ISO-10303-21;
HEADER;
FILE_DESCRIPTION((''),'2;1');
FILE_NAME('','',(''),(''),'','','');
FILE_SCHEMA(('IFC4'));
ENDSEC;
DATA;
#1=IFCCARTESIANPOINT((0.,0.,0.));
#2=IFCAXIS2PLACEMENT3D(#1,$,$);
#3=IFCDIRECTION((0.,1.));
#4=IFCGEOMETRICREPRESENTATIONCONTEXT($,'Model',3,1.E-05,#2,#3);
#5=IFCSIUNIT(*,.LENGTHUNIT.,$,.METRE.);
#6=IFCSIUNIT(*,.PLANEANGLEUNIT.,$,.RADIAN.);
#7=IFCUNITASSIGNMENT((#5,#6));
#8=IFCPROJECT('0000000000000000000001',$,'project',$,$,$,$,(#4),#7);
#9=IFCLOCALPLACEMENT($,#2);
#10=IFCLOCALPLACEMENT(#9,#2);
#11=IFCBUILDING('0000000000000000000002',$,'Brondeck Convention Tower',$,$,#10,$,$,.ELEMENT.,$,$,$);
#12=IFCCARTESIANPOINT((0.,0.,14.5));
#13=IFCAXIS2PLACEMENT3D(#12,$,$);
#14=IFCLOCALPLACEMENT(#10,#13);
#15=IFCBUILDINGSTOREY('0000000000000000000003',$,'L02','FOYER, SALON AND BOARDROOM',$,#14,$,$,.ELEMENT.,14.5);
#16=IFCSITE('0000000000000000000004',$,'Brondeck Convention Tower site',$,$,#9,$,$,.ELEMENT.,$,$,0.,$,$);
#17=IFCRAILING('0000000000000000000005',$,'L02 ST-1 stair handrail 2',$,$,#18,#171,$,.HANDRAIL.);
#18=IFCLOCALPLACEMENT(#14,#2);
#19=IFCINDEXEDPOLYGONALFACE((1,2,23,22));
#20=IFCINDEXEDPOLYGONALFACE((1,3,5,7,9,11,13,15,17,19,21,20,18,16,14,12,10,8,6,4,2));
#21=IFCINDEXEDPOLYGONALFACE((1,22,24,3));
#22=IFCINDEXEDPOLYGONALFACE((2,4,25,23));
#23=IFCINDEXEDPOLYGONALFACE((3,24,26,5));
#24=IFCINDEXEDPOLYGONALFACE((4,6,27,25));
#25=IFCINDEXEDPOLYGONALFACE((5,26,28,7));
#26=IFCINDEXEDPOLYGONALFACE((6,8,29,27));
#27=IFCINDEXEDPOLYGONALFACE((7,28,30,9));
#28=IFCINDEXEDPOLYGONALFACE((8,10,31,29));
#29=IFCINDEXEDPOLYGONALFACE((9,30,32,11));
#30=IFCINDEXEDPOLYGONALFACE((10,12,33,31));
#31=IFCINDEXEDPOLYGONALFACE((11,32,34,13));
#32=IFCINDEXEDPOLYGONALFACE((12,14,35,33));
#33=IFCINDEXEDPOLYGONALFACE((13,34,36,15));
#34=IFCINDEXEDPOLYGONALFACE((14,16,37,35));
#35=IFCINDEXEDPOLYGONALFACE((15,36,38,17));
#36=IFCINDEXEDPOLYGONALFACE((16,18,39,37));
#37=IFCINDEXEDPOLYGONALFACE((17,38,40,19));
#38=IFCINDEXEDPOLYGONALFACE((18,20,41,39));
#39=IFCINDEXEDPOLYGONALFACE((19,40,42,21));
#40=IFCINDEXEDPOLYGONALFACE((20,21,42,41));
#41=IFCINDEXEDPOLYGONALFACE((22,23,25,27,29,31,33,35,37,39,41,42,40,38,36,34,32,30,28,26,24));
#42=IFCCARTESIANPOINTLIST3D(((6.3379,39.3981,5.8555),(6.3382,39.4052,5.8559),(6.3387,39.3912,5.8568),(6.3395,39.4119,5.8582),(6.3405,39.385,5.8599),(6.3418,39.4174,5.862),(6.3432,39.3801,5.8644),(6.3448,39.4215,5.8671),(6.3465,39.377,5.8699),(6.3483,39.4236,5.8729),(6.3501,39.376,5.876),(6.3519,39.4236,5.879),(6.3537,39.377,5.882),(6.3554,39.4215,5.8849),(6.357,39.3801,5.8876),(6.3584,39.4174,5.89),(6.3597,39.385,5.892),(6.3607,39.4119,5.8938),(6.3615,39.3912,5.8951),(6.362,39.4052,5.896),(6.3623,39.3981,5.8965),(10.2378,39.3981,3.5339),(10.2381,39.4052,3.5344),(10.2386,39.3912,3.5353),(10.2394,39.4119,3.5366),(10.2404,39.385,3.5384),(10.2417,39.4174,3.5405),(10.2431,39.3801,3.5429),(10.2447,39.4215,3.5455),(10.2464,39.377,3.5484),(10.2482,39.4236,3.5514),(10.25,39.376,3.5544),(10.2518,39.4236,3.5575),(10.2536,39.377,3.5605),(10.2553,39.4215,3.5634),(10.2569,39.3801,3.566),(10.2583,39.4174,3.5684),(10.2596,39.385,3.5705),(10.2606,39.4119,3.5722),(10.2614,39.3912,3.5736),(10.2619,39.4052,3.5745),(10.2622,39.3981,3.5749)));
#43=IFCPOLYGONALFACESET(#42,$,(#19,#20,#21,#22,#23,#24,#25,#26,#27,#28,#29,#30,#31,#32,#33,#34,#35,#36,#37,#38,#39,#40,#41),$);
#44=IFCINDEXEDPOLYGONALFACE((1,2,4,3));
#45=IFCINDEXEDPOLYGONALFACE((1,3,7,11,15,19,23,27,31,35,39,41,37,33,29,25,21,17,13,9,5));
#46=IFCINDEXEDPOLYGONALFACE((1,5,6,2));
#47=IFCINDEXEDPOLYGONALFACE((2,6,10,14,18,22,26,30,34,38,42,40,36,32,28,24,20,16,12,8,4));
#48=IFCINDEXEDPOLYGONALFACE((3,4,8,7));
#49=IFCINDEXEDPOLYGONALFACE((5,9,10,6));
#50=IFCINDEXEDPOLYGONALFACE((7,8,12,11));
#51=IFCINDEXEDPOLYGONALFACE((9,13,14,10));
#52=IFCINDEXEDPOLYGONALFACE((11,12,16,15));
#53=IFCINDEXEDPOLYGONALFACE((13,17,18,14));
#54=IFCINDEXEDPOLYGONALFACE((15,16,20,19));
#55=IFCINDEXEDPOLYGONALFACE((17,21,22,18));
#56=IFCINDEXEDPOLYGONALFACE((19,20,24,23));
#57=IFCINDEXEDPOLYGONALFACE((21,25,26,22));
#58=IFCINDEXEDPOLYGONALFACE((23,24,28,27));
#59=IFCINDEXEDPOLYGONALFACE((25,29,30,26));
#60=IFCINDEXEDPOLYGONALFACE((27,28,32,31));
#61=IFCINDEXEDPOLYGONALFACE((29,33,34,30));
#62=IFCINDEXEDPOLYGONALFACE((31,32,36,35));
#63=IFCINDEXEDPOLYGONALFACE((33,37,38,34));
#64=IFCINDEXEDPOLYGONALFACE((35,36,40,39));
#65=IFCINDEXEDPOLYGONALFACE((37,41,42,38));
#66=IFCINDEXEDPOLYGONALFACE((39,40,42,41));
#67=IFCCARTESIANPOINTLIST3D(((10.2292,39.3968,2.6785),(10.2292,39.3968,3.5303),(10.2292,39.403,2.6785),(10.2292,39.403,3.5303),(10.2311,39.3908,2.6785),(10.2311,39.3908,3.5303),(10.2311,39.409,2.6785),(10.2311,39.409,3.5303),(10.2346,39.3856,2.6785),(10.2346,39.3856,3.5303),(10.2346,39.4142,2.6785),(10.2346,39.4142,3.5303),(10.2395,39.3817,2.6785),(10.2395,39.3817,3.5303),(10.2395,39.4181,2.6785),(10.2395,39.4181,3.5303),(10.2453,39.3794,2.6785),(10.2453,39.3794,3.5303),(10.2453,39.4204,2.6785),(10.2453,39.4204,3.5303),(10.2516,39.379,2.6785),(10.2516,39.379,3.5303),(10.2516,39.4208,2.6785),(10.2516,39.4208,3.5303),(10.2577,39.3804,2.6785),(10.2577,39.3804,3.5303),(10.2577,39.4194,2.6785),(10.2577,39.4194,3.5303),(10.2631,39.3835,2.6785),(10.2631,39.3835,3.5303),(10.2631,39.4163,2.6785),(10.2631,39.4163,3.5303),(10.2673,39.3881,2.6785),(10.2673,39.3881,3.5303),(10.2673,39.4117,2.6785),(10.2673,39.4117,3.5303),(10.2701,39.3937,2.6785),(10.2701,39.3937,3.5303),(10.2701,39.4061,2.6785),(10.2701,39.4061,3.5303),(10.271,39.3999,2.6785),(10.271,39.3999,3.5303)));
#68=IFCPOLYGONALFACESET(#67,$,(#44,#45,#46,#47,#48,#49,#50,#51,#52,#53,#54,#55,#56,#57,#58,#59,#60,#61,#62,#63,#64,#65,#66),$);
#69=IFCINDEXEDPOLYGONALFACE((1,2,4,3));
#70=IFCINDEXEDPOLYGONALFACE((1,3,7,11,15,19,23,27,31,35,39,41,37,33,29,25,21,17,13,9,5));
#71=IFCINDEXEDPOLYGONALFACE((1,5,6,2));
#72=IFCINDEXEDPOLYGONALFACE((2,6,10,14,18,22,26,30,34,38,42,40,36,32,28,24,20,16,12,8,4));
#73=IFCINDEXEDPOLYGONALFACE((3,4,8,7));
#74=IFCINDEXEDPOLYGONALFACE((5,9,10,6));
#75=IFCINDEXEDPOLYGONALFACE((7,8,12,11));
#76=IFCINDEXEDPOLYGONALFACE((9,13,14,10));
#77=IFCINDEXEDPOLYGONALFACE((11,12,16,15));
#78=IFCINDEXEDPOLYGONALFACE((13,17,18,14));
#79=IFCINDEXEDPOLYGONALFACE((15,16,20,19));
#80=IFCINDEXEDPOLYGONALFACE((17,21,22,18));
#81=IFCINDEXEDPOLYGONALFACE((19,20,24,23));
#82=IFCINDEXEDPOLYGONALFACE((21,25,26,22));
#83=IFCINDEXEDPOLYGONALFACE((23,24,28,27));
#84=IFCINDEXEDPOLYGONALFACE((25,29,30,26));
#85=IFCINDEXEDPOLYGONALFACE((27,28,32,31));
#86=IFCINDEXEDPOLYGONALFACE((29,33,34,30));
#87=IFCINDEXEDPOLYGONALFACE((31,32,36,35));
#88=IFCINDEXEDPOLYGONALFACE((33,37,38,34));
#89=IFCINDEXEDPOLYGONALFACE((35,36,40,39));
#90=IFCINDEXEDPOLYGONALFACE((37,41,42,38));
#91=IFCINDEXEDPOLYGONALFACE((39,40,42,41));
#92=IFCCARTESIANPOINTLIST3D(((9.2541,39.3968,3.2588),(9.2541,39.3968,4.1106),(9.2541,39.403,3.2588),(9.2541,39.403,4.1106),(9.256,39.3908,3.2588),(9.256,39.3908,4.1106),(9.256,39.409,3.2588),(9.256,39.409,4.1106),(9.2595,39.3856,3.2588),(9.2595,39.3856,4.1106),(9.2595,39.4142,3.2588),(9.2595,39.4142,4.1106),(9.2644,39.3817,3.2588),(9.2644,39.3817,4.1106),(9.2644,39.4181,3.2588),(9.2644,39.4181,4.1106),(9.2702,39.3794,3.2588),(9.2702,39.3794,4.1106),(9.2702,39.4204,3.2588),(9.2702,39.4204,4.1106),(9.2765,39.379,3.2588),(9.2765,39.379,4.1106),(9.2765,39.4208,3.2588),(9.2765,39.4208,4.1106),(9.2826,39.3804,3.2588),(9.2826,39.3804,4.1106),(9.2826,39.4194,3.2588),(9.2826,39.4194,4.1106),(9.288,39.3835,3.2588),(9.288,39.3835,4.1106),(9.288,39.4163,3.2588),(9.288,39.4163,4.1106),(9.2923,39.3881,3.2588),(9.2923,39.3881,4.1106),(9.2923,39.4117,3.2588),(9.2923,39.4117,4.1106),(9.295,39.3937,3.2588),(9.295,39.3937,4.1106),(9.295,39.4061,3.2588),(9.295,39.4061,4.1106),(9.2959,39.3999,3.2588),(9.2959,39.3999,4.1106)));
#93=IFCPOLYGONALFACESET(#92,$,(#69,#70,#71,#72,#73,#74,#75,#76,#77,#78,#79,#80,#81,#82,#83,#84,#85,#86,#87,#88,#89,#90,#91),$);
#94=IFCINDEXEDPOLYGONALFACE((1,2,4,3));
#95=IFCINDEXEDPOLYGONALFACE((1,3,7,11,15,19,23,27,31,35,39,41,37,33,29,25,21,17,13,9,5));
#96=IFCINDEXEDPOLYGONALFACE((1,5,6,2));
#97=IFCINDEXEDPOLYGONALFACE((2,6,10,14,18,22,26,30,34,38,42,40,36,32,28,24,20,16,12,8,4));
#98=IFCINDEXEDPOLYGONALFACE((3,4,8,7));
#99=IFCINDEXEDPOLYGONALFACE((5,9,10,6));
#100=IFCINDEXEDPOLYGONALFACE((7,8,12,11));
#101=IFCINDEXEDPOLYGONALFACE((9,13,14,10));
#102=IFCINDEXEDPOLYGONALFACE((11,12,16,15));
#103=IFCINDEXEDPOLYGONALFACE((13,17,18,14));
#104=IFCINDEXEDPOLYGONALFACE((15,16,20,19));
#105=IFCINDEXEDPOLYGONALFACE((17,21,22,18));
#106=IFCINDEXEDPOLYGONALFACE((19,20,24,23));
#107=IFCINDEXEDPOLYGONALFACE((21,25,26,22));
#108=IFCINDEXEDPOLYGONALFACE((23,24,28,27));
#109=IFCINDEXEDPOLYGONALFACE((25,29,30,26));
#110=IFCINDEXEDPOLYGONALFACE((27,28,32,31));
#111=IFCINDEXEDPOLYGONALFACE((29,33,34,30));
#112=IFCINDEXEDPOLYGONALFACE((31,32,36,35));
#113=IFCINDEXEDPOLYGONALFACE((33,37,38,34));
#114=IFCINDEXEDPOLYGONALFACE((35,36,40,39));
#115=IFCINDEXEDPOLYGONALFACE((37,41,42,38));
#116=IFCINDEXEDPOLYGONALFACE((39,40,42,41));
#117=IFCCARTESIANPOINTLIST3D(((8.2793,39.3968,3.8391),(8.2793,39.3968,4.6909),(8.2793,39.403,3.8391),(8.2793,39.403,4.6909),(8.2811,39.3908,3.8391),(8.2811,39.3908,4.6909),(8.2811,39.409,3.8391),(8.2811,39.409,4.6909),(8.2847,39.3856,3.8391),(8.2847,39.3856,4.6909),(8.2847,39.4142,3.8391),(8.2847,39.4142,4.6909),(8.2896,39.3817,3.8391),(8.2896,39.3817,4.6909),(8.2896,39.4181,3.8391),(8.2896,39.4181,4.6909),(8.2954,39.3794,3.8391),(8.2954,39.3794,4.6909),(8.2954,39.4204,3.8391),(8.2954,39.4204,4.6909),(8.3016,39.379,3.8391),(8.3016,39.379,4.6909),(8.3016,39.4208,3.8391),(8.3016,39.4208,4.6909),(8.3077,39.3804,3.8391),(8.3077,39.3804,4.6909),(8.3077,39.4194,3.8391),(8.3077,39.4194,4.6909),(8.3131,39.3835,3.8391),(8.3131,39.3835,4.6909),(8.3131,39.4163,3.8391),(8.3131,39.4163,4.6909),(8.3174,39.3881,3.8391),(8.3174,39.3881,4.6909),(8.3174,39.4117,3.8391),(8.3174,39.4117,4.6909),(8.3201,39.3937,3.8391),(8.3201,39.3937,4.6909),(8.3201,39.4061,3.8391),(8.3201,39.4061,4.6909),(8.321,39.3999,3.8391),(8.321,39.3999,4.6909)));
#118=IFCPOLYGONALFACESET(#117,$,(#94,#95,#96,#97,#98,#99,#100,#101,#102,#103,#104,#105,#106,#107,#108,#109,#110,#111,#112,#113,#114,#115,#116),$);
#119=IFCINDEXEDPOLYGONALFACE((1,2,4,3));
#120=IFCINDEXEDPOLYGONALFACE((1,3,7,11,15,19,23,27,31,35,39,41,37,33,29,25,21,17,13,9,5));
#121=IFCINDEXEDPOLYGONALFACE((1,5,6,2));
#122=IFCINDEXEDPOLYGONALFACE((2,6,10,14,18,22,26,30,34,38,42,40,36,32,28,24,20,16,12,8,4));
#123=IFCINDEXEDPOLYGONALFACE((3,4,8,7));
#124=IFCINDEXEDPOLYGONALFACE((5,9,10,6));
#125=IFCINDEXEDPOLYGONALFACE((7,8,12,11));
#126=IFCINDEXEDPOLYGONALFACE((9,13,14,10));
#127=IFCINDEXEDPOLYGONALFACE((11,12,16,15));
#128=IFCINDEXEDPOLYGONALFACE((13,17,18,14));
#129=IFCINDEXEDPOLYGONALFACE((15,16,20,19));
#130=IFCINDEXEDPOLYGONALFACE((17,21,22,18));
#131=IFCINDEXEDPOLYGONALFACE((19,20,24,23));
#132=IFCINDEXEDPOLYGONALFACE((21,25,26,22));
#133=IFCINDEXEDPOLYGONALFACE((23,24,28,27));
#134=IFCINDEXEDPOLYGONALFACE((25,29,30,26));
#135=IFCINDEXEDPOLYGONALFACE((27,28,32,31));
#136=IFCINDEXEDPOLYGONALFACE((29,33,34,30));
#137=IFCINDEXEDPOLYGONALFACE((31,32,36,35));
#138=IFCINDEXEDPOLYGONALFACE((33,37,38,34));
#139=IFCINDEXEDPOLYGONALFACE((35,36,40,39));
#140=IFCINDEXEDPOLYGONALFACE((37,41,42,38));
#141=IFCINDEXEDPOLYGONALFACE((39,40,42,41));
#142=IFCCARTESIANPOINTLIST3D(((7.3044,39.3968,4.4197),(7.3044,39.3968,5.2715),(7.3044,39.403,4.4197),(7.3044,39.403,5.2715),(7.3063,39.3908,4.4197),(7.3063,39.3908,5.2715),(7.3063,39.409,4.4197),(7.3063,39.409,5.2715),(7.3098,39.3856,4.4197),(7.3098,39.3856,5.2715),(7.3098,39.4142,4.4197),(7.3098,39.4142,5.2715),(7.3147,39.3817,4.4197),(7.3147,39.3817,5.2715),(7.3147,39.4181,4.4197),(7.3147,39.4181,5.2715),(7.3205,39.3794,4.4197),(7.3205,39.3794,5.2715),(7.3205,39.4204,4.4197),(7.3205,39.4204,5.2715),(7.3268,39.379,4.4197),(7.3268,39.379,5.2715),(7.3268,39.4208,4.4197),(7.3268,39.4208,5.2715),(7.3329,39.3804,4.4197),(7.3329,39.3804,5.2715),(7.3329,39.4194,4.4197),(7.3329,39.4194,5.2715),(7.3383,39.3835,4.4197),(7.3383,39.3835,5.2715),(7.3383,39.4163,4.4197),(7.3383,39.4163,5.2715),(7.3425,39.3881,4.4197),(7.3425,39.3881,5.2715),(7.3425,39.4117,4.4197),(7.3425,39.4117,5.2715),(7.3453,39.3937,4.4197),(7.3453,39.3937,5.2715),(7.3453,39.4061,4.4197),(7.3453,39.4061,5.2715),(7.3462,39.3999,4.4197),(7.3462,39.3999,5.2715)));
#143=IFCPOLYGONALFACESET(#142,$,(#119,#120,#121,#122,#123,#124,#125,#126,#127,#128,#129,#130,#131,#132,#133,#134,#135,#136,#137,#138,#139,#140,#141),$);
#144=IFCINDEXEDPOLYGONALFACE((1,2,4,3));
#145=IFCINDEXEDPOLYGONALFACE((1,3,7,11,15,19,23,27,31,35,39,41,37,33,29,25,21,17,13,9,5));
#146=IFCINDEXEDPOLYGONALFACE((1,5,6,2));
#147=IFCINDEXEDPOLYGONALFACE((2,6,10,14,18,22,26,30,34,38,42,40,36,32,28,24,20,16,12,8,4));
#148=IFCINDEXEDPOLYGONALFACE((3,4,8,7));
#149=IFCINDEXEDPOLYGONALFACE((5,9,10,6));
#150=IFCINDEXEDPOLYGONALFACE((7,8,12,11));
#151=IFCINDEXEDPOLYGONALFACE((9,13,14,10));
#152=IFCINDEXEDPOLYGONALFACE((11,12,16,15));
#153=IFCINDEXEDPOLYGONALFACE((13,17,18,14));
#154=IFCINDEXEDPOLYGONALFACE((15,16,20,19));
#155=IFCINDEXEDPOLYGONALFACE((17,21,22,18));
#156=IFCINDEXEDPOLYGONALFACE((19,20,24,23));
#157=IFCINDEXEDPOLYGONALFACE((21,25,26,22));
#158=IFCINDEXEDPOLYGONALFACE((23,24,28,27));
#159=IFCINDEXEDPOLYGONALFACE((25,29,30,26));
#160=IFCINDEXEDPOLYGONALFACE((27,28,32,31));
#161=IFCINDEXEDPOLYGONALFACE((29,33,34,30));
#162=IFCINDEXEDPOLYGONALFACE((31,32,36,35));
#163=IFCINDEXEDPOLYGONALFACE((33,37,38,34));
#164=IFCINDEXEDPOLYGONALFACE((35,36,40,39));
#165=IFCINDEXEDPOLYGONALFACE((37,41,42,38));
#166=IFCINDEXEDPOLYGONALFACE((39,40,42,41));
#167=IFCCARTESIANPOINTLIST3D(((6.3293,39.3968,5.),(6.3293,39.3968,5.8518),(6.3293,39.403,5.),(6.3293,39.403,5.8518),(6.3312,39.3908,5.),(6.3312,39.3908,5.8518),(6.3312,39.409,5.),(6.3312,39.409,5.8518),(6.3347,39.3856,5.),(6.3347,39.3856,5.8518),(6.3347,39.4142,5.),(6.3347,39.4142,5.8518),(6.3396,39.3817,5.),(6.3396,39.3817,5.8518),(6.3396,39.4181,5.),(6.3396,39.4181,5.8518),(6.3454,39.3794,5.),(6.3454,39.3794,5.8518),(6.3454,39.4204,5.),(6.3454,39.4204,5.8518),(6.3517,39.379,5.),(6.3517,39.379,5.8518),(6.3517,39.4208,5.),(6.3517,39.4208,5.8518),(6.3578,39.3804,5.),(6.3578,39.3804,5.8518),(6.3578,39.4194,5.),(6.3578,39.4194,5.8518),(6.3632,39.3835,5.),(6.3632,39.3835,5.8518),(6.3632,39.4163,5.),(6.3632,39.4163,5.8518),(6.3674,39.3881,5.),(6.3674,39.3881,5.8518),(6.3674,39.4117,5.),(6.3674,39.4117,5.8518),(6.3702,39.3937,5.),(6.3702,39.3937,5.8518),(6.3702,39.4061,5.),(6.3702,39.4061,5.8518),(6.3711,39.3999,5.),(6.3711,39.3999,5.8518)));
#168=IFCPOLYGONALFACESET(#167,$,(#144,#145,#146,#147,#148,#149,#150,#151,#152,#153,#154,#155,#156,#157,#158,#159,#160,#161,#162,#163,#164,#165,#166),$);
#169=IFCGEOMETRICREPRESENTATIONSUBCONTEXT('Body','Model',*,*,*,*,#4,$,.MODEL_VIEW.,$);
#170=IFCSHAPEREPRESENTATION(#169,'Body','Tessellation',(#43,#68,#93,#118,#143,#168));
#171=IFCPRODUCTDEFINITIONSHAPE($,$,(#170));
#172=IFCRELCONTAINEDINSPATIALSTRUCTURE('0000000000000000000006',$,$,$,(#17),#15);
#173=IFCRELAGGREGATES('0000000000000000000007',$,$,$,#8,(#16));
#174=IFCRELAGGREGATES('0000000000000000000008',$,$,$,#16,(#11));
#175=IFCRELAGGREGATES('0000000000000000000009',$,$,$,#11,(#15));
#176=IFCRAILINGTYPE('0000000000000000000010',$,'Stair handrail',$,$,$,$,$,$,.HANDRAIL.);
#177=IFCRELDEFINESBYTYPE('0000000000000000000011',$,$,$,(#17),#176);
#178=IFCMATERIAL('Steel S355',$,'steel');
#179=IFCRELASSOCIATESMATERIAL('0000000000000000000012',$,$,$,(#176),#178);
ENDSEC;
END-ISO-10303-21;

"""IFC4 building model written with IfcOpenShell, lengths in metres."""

from ifc_helpers import new_model, si_unit, direction, frame, origin, origin_2d, place, context, subcontext, project, spatial, circle, extrude, material, type_object, element, save


model = new_model("IFC4")

# Units and contexts
model_context = context("Model", 3, precision=1e-05, world=origin(), true_north=direction((0.0, 1.0)))
body_context = subcontext(model_context, "Body", "Model", "MODEL_VIEW")
ifc_project = project(units=[si_unit("LENGTHUNIT", "METRE"), si_unit("PLANEANGLEUNIT", "RADIAN")], contexts=[model_context])

# Site, building, storey
site_placement = place(None, origin())
site = spatial("IfcSite", under=ifc_project, at=site_placement, Name="Brondeck Convention Tower site", CompositionType="ELEMENT", RefElevation=0.0)
building_placement = place(site_placement, origin())
building = spatial("IfcBuilding", under=site, at=building_placement, Name="Brondeck Convention Tower", CompositionType="ELEMENT")
storey_placement = place(building_placement, frame((0.0, 0.0, 14.5)))
storey = spatial("IfcBuildingStorey", under=building, at=storey_placement, Name="L02", Description="FOYER, SALON AND BOARDROOM", CompositionType="ELEMENT", Elevation=14.5)

# Railing
ifc_material_1 = material(Name="Steel S355", Category="steel")
railing_type = type_object("IfcRailingType", Name="Stair handrail", PredefinedType="HANDRAIL", material=ifc_material_1)
railing_placement = place(storey_placement, frame((10.25, 39.3999, 2.6785)))
element("IfcRailing", 1, at=railing_placement, inside=storey, type_object=railing_type, Name="L02 ST-1 stair handrail 2", PredefinedType="HANDRAIL", context=body_context, shape_type="SweptSolid", body=[
    extrude(circle(Radius=0.0239, at=origin_2d()), frame((0.0, 0.0, 0.876), z_axis=(-0.859277, 0.0, 0.51151), x_axis=(0.0, -1.0, 0.0)), (0.0, 0.0, 1.0), 4.5386),
    extrude(circle(Radius=0.021, at=origin_2d()), origin(), (0.0, 0.0, 1.0), 0.8518),
    extrude(circle(Radius=0.021, at=origin_2d()), frame((-0.9751, 0.0, 0.5803)), (0.0, 0.0, 1.0), 0.8518),
    extrude(circle(Radius=0.021, at=origin_2d()), frame((-1.95, 0.0, 1.1606)), (0.0, 0.0, 1.0), 0.8518),
    extrude(circle(Radius=0.021, at=origin_2d()), frame((-2.9248, 0.0, 1.7412)), (0.0, 0.0, 1.0), 0.8518),
    extrude(circle(Radius=0.021, at=origin_2d()), frame((-3.8999, 0.0, 2.3215)), (0.0, 0.0, 1.0), 0.8518),
])

save(model, "model.ifc")
